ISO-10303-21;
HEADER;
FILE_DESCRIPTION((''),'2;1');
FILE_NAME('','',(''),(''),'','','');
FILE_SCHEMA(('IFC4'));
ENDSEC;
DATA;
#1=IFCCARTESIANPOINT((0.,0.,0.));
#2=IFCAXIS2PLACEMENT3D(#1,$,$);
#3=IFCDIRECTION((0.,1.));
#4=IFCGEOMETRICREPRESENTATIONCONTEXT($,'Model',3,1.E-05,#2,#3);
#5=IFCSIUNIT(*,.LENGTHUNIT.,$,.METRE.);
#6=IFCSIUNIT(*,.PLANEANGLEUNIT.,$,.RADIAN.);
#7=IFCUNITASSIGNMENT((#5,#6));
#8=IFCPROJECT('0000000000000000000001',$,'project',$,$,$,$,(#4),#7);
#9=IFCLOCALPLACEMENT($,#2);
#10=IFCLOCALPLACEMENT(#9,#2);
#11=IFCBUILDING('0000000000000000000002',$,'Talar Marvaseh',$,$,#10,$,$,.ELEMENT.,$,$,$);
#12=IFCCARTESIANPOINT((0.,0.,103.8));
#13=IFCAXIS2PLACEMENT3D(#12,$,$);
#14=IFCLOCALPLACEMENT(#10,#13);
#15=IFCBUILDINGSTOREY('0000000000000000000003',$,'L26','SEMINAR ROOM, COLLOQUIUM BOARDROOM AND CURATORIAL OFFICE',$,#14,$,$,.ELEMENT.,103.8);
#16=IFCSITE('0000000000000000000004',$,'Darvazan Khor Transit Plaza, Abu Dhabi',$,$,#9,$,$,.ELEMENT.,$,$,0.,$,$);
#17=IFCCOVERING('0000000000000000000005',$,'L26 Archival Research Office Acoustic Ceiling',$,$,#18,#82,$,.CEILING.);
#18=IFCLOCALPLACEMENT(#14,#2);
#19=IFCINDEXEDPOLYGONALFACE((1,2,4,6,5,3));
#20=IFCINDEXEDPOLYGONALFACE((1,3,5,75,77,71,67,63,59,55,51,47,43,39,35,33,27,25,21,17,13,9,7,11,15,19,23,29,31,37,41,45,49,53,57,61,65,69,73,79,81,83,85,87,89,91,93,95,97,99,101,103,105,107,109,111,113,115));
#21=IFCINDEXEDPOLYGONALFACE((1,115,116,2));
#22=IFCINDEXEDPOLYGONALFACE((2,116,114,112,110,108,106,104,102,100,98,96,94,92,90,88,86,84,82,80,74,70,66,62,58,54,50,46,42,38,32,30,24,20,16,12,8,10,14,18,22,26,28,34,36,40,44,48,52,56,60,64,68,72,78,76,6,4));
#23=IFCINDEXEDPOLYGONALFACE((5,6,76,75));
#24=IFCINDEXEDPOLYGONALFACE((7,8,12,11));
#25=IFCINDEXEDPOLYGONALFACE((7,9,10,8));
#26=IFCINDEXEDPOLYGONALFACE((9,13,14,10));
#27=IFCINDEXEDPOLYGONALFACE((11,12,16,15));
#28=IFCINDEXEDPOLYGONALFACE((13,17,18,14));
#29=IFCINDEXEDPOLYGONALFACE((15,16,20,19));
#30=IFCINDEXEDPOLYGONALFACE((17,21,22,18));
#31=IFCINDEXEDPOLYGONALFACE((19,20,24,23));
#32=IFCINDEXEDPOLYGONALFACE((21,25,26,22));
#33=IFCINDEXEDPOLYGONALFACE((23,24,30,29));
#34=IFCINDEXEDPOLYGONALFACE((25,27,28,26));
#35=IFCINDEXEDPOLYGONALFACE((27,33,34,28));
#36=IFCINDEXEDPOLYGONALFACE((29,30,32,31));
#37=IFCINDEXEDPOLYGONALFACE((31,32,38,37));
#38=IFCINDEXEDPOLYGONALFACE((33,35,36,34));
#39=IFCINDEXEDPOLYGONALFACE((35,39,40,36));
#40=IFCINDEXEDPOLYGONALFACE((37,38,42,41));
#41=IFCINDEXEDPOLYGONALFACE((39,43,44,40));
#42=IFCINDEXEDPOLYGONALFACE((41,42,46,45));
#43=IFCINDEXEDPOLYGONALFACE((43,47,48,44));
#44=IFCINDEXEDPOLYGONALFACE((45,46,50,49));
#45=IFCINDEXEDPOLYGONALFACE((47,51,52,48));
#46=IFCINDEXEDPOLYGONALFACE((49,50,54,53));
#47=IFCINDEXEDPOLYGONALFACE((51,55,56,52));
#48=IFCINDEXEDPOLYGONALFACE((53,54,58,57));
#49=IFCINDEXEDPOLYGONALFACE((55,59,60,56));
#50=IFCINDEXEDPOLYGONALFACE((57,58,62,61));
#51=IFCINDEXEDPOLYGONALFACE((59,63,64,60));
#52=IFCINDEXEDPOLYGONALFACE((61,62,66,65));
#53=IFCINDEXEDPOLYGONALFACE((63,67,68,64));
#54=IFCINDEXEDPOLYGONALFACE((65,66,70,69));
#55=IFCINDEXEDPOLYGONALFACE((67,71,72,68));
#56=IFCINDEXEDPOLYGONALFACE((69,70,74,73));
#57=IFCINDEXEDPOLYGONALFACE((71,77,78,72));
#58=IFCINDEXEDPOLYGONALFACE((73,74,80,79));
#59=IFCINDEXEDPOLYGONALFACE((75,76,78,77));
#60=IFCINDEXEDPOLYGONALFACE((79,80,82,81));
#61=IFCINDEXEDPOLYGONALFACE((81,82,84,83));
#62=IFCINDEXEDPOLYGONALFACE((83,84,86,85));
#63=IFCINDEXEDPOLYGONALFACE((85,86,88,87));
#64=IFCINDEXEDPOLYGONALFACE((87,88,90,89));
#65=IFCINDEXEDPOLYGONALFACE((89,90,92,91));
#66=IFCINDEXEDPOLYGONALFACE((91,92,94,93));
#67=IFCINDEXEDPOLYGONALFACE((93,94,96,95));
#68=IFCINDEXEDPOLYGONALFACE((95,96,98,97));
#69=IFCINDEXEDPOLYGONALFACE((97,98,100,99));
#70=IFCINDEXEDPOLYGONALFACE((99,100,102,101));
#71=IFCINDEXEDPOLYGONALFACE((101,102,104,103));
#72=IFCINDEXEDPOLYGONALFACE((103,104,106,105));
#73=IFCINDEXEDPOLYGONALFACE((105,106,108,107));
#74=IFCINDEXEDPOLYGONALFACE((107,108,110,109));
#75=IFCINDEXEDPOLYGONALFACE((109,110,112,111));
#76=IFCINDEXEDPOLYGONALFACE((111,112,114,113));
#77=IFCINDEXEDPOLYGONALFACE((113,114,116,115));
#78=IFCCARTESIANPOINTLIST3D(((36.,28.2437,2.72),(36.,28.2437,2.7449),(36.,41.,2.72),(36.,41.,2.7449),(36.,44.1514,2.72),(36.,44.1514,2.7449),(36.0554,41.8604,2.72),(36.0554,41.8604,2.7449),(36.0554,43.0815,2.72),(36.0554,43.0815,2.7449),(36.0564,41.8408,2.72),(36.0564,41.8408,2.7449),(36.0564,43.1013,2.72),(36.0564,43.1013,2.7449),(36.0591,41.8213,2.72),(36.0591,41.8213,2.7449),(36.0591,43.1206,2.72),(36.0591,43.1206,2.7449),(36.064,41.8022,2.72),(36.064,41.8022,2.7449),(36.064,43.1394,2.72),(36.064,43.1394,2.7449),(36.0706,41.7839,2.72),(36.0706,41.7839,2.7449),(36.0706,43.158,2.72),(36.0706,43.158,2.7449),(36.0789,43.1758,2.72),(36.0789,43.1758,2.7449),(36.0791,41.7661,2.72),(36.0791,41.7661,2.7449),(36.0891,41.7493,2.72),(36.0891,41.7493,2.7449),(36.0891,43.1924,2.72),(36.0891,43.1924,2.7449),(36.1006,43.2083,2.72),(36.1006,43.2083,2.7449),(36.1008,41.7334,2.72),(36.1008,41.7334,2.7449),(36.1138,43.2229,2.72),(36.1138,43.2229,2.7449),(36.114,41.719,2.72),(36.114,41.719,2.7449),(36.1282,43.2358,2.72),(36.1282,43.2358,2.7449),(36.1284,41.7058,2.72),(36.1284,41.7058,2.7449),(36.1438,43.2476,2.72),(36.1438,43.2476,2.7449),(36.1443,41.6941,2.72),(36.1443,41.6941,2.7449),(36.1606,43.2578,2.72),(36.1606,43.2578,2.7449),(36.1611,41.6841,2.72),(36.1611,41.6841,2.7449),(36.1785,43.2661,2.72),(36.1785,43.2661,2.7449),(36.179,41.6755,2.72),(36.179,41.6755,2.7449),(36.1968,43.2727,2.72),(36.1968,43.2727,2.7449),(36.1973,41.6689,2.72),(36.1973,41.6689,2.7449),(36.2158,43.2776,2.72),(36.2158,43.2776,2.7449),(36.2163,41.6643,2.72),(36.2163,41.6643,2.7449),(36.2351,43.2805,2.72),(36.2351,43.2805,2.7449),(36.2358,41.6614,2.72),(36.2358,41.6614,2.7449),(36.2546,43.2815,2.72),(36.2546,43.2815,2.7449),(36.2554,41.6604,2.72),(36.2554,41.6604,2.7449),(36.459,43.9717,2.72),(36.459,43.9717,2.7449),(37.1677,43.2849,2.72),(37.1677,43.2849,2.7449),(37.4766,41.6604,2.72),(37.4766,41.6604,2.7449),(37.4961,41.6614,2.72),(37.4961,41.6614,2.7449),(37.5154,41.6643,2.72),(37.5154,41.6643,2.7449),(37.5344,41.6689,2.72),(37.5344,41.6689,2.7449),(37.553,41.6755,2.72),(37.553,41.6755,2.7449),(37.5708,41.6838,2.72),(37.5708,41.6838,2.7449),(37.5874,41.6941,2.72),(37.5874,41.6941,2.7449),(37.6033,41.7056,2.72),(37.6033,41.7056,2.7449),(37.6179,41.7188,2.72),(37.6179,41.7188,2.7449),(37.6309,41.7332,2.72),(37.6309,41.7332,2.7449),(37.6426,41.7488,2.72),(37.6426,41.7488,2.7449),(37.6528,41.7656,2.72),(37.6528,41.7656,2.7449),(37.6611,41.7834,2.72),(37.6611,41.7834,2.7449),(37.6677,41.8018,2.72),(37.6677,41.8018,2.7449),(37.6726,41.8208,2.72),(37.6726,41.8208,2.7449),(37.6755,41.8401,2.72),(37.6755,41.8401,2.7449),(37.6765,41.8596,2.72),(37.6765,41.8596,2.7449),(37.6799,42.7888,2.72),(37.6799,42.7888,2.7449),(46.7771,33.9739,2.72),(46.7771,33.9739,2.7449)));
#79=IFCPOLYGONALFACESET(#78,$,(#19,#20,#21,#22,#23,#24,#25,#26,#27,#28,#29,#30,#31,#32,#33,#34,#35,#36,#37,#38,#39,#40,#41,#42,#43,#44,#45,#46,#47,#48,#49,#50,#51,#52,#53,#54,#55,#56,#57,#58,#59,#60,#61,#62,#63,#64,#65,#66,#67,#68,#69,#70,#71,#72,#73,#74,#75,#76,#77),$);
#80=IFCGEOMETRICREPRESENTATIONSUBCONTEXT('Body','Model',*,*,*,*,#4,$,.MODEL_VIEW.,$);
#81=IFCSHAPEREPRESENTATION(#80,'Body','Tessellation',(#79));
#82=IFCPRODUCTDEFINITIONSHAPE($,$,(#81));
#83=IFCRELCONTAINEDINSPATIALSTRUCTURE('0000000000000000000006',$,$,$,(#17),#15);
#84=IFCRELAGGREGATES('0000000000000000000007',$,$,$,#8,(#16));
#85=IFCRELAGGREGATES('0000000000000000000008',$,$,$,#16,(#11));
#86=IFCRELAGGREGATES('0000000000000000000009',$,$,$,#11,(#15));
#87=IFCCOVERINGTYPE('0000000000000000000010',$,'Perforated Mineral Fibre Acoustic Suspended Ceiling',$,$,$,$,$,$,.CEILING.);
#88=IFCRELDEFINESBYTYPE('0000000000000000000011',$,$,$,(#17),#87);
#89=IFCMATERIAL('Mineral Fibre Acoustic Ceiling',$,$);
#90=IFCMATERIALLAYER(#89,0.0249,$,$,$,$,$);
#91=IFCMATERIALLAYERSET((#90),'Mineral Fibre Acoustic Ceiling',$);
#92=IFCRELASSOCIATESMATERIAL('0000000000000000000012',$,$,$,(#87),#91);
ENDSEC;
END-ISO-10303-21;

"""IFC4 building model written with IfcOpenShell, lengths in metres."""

from ifc_helpers import new_model, si_unit, direction, frame, origin, place, context, subcontext, project, spatial, polyline, outline, extrude, material, layer, layer_set, type_object, element, save


model = new_model("IFC4")

# Units and contexts
model_context = context("Model", 3, precision=1e-05, world=origin(), true_north=direction((0.0, 1.0)))
body_context = subcontext(model_context, "Body", "Model", "MODEL_VIEW")
ifc_project = project(units=[si_unit("LENGTHUNIT", "METRE"), si_unit("PLANEANGLEUNIT", "RADIAN")], contexts=[model_context])

# Site, building, storey
site_placement = place(None, origin())
site = spatial("IfcSite", under=ifc_project, at=site_placement, Name="Darvazan Khor Transit Plaza, Abu Dhabi", CompositionType="ELEMENT", RefElevation=0.0)
building_placement = place(site_placement, origin())
building = spatial("IfcBuilding", under=site, at=building_placement, Name="Talar Marvaseh", CompositionType="ELEMENT")
storey_placement = place(building_placement, frame((0.0, 0.0, 103.8)))
storey = spatial("IfcBuildingStorey", under=building, at=storey_placement, Name="L26", Description="SEMINAR ROOM, COLLOQUIUM BOARDROOM AND CURATORIAL OFFICE", CompositionType="ELEMENT", Elevation=103.8)

# Covering
ifc_material_1 = material(Name="Mineral Fibre Acoustic Ceiling")
ifc_layer_1 = layer(ifc_material_1, 0.0249)
ifc_layer_set_1 = layer_set([ifc_layer_1], Name="Mineral Fibre Acoustic Ceiling")
covering_type_1 = type_object("IfcCoveringType", Name="Perforated Mineral Fibre Acoustic Suspended Ceiling", PredefinedType="CEILING", material=ifc_layer_set_1)
covering_1_placement = place(storey_placement, frame((0.0, 0.0, 2.72)))
element("IfcCovering", 1, at=covering_1_placement, inside=storey, type_object=covering_type_1, Name="L26 Archival Research Office Acoustic Ceiling", PredefinedType="CEILING", context=body_context, shape_type="SweptSolid", body=[
    extrude(outline(polyline([(36.2546, 43.2815), (36.2351, 43.2805), (36.2158, 43.2776), (36.1968, 43.2727), (36.1785, 43.2661), (36.1606, 43.2578), (36.1438, 43.2476), (36.1282, 43.2358), (36.1138, 43.2229), (36.1006, 43.2083), (36.0891, 43.1924), (36.0789, 43.1758), (36.0706, 43.158), (36.064, 43.1394), (36.0591, 43.1206), (36.0564, 43.1013), (36.0554, 43.0815), (36.0554, 41.8604), (36.0564, 41.8408), (36.0591, 41.8213), (36.064, 41.8022), (36.0706, 41.7839), (36.0791, 41.7661), (36.0891, 41.7493), (36.1008, 41.7334), (36.114, 41.719), (36.1284, 41.7058), (36.1443, 41.6941), (36.1611, 41.6841), (36.179, 41.6755), (36.1973, 41.6689), (36.2163, 41.6643), (36.2358, 41.6614), (36.2554, 41.6604), (37.4766, 41.6604), (37.4961, 41.6614), (37.5154, 41.6643), (37.5344, 41.6689), (37.553, 41.6755), (37.5708, 41.6838), (37.5874, 41.6941), (37.6033, 41.7056), (37.6179, 41.7188), (37.6309, 41.7332), (37.6426, 41.7488), (37.6528, 41.7656), (37.6611, 41.7834), (37.6677, 41.8018), (37.6726, 41.8208), (37.6755, 41.8401), (37.6765, 41.8596), (37.6799, 42.7888), (46.7771, 33.9739), (36.0, 28.2437), (36.0, 41.0), (36.0, 44.1514), (36.459, 43.9717), (37.1677, 43.2849), (36.2546, 43.2815)])), origin(), (0.0, 0.0, 1.0), 0.0249),
])

save(model, "model.ifc")
